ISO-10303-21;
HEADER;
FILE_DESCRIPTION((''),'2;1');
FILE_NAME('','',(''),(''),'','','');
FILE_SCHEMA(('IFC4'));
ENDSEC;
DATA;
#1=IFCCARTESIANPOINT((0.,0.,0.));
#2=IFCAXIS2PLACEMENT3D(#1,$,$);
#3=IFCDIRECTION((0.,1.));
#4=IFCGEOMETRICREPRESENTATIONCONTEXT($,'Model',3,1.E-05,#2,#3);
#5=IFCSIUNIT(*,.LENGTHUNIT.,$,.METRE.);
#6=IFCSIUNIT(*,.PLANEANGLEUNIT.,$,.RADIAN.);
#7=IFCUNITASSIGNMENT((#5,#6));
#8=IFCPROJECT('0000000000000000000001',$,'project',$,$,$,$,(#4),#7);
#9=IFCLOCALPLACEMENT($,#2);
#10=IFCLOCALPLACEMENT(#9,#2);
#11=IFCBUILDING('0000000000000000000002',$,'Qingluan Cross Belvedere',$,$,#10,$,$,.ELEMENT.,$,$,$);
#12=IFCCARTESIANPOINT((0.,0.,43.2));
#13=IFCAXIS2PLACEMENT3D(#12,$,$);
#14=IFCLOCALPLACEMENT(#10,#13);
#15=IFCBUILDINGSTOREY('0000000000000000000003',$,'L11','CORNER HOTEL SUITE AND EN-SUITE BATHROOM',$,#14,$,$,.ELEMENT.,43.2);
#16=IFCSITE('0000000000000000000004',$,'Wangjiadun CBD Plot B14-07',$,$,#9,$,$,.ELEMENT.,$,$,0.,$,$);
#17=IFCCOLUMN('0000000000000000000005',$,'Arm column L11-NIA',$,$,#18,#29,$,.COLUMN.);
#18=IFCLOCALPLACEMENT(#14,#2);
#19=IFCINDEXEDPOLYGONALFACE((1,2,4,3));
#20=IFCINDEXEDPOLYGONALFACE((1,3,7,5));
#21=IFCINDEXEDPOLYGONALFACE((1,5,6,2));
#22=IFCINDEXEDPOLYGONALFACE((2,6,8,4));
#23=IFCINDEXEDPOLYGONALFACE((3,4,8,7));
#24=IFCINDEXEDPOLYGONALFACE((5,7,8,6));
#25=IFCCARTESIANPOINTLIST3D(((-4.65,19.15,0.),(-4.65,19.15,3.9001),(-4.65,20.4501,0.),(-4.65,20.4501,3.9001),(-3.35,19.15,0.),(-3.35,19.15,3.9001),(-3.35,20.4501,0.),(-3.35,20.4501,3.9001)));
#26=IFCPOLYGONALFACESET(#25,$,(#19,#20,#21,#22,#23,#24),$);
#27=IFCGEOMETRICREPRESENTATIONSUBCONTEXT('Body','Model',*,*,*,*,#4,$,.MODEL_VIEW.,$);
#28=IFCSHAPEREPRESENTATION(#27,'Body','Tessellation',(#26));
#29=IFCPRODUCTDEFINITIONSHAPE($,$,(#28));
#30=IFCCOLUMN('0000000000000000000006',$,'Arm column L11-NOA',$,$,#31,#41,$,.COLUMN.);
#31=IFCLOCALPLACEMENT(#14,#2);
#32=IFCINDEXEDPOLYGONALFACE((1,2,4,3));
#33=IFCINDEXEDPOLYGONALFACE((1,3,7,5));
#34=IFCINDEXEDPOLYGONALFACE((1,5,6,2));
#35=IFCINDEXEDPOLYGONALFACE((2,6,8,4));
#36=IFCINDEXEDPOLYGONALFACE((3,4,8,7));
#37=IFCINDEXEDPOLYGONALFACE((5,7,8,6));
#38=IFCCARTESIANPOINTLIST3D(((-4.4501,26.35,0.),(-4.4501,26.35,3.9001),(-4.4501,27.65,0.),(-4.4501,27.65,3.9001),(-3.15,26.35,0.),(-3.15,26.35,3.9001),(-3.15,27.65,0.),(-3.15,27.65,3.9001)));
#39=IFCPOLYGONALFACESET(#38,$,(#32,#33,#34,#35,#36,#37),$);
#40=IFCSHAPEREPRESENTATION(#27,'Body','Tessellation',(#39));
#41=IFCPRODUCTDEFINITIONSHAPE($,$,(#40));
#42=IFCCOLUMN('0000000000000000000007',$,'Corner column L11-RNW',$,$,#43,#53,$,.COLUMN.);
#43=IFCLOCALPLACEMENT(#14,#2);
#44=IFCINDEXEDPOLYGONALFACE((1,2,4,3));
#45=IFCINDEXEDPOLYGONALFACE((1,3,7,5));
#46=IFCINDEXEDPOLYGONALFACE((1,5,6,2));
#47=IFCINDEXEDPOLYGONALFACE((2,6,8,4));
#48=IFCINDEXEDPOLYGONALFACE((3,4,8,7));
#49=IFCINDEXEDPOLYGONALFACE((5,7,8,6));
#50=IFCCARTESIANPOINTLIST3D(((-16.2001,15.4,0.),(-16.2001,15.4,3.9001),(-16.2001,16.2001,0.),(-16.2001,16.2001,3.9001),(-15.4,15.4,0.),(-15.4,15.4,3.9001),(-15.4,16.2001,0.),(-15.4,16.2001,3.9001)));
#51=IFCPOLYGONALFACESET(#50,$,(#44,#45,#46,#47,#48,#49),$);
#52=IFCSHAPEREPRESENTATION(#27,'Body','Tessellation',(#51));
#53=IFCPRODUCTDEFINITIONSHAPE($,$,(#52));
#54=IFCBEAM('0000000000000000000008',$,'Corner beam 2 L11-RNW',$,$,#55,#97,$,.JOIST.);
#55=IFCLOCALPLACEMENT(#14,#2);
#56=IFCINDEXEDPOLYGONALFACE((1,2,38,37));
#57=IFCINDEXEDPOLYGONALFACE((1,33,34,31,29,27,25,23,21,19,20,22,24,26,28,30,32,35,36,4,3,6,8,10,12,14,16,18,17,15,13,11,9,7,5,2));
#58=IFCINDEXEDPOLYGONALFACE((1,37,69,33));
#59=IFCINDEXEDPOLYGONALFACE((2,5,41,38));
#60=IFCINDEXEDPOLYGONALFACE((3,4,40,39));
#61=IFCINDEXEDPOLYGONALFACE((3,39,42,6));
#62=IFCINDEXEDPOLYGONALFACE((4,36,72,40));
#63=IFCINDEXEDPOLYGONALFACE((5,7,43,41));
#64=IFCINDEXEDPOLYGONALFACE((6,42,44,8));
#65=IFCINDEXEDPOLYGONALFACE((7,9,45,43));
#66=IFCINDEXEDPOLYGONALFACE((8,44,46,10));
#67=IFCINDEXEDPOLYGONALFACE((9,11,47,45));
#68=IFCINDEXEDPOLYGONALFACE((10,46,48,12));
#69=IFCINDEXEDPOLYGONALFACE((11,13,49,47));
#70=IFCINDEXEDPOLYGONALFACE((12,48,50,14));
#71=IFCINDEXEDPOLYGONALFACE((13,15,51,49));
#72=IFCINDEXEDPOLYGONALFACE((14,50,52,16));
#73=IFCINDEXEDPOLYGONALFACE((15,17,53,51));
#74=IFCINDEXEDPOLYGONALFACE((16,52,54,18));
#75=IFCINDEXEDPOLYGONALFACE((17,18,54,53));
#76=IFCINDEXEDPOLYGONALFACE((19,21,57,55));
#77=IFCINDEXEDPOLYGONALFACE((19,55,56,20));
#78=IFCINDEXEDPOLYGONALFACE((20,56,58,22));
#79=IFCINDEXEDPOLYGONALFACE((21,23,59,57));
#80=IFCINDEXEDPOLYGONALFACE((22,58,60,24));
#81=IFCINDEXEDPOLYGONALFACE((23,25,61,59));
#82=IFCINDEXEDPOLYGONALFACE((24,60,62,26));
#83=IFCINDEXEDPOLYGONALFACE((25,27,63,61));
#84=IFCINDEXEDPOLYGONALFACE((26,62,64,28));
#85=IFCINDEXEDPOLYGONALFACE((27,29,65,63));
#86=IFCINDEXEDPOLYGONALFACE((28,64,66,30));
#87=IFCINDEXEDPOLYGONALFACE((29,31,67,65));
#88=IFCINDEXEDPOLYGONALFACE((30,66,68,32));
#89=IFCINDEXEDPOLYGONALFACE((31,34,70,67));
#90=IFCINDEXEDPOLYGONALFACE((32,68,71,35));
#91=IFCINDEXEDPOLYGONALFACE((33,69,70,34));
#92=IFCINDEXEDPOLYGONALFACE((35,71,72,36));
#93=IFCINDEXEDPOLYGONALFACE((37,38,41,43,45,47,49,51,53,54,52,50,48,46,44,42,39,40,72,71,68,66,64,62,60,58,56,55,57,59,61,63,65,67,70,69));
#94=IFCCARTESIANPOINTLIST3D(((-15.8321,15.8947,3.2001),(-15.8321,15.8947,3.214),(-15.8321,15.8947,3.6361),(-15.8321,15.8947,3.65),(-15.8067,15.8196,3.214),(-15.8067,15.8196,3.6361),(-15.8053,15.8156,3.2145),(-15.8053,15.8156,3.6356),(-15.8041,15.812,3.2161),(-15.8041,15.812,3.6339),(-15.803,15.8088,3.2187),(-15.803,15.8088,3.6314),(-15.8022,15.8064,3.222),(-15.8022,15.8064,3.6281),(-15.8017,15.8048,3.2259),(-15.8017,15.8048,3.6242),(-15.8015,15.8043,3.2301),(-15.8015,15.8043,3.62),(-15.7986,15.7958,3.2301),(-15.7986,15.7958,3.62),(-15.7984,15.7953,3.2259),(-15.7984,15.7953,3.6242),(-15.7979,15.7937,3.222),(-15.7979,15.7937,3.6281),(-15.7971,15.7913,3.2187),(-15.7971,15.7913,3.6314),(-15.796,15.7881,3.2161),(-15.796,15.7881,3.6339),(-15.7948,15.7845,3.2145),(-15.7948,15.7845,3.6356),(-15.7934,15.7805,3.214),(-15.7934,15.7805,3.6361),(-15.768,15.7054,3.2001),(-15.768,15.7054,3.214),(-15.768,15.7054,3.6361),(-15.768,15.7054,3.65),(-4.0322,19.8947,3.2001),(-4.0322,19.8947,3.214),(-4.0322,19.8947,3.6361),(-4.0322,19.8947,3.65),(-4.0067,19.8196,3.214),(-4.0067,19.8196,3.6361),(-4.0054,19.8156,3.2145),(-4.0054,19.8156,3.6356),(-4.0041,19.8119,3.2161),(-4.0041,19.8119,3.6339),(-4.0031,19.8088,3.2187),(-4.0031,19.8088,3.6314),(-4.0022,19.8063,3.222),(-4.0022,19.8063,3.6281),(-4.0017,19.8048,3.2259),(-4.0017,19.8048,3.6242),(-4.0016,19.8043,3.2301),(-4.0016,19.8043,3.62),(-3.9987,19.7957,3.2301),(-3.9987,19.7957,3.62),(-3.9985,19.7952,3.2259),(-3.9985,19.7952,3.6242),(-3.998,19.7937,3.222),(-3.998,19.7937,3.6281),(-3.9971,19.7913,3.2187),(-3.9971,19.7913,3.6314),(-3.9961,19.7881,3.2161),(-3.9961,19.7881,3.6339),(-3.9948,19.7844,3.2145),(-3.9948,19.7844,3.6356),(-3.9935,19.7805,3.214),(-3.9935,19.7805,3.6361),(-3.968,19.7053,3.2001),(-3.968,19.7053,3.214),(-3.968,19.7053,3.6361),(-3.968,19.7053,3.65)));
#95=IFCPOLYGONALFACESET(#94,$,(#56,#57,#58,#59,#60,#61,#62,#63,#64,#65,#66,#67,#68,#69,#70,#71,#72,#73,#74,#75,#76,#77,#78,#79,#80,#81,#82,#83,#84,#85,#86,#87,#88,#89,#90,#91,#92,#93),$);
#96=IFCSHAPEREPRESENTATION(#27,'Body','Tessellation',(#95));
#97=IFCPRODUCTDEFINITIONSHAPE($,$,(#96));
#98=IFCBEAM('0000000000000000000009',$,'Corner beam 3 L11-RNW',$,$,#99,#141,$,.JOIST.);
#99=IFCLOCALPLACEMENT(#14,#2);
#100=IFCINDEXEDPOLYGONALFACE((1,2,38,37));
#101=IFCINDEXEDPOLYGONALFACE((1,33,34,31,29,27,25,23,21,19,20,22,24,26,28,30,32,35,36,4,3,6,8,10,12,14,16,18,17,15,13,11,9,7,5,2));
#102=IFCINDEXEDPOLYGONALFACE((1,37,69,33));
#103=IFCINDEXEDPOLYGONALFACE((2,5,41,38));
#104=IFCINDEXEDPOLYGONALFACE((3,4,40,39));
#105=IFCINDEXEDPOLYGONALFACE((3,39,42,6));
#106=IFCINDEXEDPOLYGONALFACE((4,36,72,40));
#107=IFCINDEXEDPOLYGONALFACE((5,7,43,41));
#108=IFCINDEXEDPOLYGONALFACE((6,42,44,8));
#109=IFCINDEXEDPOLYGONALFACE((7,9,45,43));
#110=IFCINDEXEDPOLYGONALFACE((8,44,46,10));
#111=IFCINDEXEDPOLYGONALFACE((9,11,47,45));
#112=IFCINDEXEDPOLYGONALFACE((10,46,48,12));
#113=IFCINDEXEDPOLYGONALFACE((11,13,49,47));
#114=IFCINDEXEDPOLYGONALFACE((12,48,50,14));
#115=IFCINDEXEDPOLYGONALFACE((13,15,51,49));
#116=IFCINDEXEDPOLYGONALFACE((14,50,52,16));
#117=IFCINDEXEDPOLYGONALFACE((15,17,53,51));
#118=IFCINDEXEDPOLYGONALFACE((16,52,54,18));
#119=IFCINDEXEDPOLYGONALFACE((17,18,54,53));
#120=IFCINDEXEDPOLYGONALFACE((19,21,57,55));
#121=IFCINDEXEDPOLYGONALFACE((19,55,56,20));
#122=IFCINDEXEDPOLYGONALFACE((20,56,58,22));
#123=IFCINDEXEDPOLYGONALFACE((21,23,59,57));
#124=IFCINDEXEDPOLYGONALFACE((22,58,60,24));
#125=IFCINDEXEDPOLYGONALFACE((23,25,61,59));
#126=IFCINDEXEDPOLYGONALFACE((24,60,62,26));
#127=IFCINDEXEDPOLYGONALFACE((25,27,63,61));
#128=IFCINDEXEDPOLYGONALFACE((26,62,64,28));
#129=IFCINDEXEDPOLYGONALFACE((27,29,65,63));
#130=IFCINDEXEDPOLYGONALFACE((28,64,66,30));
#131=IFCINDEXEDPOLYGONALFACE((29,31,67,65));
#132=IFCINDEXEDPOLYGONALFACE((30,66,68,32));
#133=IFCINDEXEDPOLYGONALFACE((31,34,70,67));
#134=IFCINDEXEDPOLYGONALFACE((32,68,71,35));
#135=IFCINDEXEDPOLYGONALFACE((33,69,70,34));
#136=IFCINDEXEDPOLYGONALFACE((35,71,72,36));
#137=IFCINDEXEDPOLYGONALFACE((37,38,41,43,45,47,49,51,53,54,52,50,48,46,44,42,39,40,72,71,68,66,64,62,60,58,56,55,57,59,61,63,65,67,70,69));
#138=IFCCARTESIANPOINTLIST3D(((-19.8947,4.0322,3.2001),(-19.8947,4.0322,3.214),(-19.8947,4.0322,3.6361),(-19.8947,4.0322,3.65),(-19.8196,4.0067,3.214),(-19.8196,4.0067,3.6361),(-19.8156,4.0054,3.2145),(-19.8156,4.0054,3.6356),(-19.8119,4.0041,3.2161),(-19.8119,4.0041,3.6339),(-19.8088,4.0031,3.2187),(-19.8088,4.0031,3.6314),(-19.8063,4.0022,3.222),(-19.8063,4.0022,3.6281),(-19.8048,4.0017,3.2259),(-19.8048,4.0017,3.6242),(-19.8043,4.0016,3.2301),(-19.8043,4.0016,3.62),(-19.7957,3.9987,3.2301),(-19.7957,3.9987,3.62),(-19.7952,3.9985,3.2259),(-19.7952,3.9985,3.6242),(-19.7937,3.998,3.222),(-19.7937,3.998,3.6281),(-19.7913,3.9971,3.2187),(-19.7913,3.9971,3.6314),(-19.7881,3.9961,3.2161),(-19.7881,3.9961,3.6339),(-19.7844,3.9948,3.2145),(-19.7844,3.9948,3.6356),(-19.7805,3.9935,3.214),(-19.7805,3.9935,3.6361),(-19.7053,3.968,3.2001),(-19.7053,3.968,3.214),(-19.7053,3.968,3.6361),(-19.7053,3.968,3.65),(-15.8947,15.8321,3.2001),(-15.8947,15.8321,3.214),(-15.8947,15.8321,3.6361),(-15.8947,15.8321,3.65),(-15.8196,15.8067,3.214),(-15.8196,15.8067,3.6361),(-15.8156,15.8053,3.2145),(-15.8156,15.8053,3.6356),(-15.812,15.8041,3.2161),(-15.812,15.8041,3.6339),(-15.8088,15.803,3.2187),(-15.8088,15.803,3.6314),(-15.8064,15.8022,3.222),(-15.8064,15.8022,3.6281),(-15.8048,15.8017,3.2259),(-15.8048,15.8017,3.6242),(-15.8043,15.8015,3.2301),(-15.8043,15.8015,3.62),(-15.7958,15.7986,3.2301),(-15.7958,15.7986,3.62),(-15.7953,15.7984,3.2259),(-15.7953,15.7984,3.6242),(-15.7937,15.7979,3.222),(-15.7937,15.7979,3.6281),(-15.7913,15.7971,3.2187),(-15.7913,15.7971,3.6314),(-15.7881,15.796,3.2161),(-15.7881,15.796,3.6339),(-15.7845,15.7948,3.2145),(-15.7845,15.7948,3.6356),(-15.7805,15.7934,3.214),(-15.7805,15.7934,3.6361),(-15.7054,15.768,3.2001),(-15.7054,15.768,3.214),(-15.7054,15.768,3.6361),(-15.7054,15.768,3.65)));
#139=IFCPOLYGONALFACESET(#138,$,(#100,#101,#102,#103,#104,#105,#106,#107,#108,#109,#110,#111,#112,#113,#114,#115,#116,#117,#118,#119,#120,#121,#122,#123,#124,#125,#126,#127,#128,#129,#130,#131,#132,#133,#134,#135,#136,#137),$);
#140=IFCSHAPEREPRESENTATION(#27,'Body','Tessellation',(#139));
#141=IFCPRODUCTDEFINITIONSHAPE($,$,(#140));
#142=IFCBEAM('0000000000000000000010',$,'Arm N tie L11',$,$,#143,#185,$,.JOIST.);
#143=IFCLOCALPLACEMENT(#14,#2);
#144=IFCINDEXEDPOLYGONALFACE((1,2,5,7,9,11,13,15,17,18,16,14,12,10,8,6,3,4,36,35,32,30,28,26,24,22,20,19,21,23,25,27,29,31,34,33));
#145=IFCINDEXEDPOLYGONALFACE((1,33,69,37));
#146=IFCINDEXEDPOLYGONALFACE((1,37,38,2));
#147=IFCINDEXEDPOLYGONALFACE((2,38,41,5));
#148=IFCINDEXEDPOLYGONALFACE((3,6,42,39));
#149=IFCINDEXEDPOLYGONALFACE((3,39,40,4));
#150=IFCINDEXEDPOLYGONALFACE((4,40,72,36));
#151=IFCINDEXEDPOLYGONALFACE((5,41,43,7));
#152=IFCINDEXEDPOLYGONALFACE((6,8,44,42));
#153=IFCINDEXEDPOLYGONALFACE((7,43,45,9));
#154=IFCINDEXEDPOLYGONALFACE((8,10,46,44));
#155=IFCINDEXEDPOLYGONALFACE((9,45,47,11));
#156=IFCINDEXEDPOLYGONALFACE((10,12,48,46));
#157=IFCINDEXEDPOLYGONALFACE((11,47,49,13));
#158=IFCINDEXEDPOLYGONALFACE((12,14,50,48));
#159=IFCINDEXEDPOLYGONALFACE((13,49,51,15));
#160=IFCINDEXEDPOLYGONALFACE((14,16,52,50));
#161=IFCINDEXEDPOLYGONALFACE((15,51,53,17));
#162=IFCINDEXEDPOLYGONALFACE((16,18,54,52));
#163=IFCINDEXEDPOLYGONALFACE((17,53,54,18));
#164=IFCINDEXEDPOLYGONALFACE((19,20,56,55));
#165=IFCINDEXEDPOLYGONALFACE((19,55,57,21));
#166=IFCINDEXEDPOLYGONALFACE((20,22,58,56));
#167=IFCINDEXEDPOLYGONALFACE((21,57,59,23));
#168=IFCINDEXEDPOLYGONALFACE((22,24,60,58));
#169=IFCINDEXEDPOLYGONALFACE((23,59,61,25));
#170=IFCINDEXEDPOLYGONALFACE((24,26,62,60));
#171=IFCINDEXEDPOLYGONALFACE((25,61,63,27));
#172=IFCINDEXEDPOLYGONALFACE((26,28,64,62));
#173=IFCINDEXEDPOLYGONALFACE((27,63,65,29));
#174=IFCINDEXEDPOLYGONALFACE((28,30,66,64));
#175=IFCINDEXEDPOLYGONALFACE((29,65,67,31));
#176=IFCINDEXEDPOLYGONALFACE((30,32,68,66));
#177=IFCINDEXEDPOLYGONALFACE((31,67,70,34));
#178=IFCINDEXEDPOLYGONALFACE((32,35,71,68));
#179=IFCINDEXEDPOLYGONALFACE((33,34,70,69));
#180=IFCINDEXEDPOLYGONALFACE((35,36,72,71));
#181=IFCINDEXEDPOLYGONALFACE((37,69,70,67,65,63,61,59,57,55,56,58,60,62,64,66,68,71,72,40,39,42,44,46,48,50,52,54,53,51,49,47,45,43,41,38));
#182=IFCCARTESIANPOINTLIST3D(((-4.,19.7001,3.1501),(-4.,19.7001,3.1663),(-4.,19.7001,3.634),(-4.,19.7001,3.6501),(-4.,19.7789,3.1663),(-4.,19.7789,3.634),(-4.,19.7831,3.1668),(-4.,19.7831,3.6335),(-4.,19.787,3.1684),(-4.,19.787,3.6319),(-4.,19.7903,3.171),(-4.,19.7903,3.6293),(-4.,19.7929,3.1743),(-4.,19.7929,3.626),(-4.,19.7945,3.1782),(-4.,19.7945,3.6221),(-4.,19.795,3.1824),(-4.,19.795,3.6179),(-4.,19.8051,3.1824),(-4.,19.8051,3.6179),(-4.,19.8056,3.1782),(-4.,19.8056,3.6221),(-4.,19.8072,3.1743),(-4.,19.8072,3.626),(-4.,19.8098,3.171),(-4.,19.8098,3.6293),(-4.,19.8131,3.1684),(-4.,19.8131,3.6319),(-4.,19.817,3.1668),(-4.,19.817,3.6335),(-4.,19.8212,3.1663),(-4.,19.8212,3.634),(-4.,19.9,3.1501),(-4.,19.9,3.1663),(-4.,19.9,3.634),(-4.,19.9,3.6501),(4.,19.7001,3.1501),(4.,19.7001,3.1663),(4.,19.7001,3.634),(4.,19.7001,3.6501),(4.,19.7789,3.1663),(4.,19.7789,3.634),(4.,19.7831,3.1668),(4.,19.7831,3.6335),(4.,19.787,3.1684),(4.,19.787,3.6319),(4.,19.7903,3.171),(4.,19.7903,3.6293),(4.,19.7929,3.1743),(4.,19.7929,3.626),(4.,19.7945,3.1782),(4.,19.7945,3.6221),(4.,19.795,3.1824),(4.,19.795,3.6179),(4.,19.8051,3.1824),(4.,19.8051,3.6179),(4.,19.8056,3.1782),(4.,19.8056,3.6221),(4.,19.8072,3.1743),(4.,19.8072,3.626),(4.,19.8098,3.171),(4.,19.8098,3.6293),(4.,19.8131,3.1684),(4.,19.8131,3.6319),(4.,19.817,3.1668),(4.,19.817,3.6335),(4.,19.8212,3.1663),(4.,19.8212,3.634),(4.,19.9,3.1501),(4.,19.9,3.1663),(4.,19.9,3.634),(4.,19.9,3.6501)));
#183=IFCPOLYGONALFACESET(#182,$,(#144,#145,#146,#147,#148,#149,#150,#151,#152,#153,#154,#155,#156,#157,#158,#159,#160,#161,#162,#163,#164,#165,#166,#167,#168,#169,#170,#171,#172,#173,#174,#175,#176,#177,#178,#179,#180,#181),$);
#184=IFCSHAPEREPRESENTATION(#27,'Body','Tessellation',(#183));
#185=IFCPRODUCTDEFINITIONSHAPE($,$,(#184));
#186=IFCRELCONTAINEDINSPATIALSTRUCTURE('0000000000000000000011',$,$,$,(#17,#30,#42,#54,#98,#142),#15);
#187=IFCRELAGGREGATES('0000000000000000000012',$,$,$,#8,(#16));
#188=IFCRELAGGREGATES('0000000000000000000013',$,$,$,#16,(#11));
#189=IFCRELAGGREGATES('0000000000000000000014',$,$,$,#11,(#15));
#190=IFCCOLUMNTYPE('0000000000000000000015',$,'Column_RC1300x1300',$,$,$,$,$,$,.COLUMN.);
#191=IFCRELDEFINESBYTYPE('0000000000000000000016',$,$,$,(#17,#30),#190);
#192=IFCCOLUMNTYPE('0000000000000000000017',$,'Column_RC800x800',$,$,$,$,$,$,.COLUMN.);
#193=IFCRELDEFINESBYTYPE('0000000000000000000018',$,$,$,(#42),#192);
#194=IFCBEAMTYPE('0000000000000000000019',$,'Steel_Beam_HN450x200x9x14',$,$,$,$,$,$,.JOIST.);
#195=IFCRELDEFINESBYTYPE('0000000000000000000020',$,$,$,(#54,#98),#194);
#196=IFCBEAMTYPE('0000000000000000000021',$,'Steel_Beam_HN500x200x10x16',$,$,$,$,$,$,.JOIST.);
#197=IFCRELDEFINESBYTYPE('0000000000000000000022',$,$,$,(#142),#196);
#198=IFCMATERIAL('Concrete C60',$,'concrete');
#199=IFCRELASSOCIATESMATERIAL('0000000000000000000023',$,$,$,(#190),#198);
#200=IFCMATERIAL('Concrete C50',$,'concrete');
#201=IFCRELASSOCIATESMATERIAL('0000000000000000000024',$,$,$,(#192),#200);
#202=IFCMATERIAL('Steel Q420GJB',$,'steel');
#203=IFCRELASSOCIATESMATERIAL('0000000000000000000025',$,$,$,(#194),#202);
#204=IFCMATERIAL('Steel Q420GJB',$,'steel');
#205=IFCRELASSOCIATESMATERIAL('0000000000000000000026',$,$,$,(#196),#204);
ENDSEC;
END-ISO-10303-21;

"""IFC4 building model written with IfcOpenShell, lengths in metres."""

from ifc_helpers import new_model, si_unit, direction, frame, origin, origin_2d, place, context, subcontext, project, spatial, rectangle, i_section, extrude, material, material_profile, profile_set, type_object, element, save


model = new_model("IFC4")

# Units and contexts
model_context = context("Model", 3, precision=1e-05, world=origin(), true_north=direction((0.0, 1.0)))
body_context = subcontext(model_context, "Body", "Model", "MODEL_VIEW")
ifc_project = project(units=[si_unit("LENGTHUNIT", "METRE"), si_unit("PLANEANGLEUNIT", "RADIAN")], contexts=[model_context])

# Site, building, storey
site_placement = place(None, origin())
site = spatial("IfcSite", under=ifc_project, at=site_placement, Name="Wangjiadun CBD Plot B14-07", CompositionType="ELEMENT", RefElevation=0.0)
building_placement = place(site_placement, origin())
building = spatial("IfcBuilding", under=site, at=building_placement, Name="Qingluan Cross Belvedere", CompositionType="ELEMENT")
storey_placement = place(building_placement, frame((0.0, 0.0, 43.2)))
storey = spatial("IfcBuildingStorey", under=building, at=storey_placement, Name="L11", Description="CORNER HOTEL SUITE AND EN-SUITE BATHROOM", CompositionType="ELEMENT", Elevation=43.2)

# Columns
ifc_material_1 = material(Name="Concrete C60", Category="concrete")
ifc_material_profile_1 = material_profile(ifc_material_1, rectangle(XDim=1.3, YDim=1.3, at=origin_2d()), Name="RC1300x1300")
ifc_profile_set_1 = profile_set([ifc_material_profile_1], Name="Concrete C60")
column_type_1 = type_object("IfcColumnType", Name="Column_RC1300x1300", PredefinedType="COLUMN", material=ifc_profile_set_1)
for number, where, z_axis, x_axis, name in (
    (1, (-4.0, 19.8, 0.0), (0.0, 0.0, 1.0), (1.0, 0.0, 0.0), "Arm column L11-NIA"),
    (2, (-3.8, 27.0, 0.0), (0.0, 0.0, 1.0), (1.0, 0.0, 0.0), "Arm column L11-NOA"),
):
    element("IfcColumn", number, at=place(storey_placement, frame(where, z_axis=z_axis, x_axis=x_axis)), inside=storey, type_object=column_type_1, Name=name, PredefinedType="COLUMN", context=body_context, shape_type="SweptSolid", body=[
        extrude(rectangle(XDim=1.3, YDim=1.3, at=origin_2d()), origin(), (0.0, 0.0, 1.0), 3.9001),
    ])
ifc_material_2 = material(Name="Concrete C50", Category="concrete")
ifc_material_profile_2 = material_profile(ifc_material_2, rectangle(XDim=0.8, YDim=0.8, at=origin_2d()), Name="RC800x800")
ifc_profile_set_2 = profile_set([ifc_material_profile_2], Name="Concrete C50")
column_type_2 = type_object("IfcColumnType", Name="Column_RC800x800", PredefinedType="COLUMN", material=ifc_profile_set_2)
column_placement = place(storey_placement, frame((-15.8, 15.8, 0.0), z_axis=(0.0, 0.0, 1.0), x_axis=(1.0, 0.0, 0.0)))
element("IfcColumn", 3, at=column_placement, inside=storey, type_object=column_type_2, Name="Corner column L11-RNW", PredefinedType="COLUMN", context=body_context, shape_type="SweptSolid", body=[
    extrude(rectangle(XDim=0.8, YDim=0.8, at=origin_2d()), origin(), (0.0, 0.0, 1.0), 3.9001),
])

# Beams
ifc_material_3 = material(Name="Steel Q420GJB", Category="steel")
ifc_material_profile_3 = material_profile(ifc_material_3, i_section(OverallWidth=0.2, OverallDepth=0.45, WebThickness=0.009, FlangeThickness=0.0139, FilletRadius=0.0161, at=origin_2d()), Name="HN450x200x9x14")
ifc_profile_set_3 = profile_set([ifc_material_profile_3], Name="Steel Q420GJB")
beam_type_1 = type_object("IfcBeamType", Name="Steel_Beam_HN450x200x9x14", PredefinedType="JOIST", material=ifc_profile_set_3)
for number, where, z_axis, x_axis, name in (
    (4, (-15.8, 15.8, 3.425), (0.947066, 0.321038, 0.0), (-0.321038, 0.947066, 0.0), "Corner beam 2 L11-RNW"),
    (5, (-15.8, 15.8, 3.425), (-0.321038, -0.947066, 0.0), (0.947066, -0.321038, 0.0), "Corner beam 3 L11-RNW"),
):
    element("IfcBeam", number, at=place(storey_placement, frame(where, z_axis=z_axis, x_axis=x_axis)), inside=storey, type_object=beam_type_1, Name=name, PredefinedType="JOIST", context=body_context, shape_type="SweptSolid", body=[
        extrude(i_section(OverallWidth=0.2, OverallDepth=0.45, WebThickness=0.009, FlangeThickness=0.0139, FilletRadius=0.0161, at=origin_2d()), origin(), (0.0, 0.0, 1.0), 12.4595),
    ])
ifc_material_4 = material(Name="Steel Q420GJB", Category="steel")
ifc_material_profile_4 = material_profile(ifc_material_4, i_section(OverallWidth=0.2, OverallDepth=0.5, WebThickness=0.01, FlangeThickness=0.0161, FilletRadius=0.0161, at=origin_2d()), Name="HN500x200x10x16")
ifc_profile_set_4 = profile_set([ifc_material_profile_4], Name="Steel Q420GJB")
beam_type_2 = type_object("IfcBeamType", Name="Steel_Beam_HN500x200x10x16", PredefinedType="JOIST", material=ifc_profile_set_4)
for number, where, z_axis, x_axis, name in (
    (6, (-4.0, 19.8, 3.4001), (1.0, 0.0, 0.0), (0.0, 1.0, 0.0), "Arm N tie L11"),
):
    element("IfcBeam", number, at=place(storey_placement, frame(where, z_axis=z_axis, x_axis=x_axis)), inside=storey, type_object=beam_type_2, Name=name, PredefinedType="JOIST", context=body_context, shape_type="SweptSolid", body=[
        extrude(i_section(OverallWidth=0.2, OverallDepth=0.5, WebThickness=0.01, FlangeThickness=0.0161, FilletRadius=0.0161, at=origin_2d()), origin(), (0.0, 0.0, 1.0), 8.0),
    ])

save(model, "model.ifc")
